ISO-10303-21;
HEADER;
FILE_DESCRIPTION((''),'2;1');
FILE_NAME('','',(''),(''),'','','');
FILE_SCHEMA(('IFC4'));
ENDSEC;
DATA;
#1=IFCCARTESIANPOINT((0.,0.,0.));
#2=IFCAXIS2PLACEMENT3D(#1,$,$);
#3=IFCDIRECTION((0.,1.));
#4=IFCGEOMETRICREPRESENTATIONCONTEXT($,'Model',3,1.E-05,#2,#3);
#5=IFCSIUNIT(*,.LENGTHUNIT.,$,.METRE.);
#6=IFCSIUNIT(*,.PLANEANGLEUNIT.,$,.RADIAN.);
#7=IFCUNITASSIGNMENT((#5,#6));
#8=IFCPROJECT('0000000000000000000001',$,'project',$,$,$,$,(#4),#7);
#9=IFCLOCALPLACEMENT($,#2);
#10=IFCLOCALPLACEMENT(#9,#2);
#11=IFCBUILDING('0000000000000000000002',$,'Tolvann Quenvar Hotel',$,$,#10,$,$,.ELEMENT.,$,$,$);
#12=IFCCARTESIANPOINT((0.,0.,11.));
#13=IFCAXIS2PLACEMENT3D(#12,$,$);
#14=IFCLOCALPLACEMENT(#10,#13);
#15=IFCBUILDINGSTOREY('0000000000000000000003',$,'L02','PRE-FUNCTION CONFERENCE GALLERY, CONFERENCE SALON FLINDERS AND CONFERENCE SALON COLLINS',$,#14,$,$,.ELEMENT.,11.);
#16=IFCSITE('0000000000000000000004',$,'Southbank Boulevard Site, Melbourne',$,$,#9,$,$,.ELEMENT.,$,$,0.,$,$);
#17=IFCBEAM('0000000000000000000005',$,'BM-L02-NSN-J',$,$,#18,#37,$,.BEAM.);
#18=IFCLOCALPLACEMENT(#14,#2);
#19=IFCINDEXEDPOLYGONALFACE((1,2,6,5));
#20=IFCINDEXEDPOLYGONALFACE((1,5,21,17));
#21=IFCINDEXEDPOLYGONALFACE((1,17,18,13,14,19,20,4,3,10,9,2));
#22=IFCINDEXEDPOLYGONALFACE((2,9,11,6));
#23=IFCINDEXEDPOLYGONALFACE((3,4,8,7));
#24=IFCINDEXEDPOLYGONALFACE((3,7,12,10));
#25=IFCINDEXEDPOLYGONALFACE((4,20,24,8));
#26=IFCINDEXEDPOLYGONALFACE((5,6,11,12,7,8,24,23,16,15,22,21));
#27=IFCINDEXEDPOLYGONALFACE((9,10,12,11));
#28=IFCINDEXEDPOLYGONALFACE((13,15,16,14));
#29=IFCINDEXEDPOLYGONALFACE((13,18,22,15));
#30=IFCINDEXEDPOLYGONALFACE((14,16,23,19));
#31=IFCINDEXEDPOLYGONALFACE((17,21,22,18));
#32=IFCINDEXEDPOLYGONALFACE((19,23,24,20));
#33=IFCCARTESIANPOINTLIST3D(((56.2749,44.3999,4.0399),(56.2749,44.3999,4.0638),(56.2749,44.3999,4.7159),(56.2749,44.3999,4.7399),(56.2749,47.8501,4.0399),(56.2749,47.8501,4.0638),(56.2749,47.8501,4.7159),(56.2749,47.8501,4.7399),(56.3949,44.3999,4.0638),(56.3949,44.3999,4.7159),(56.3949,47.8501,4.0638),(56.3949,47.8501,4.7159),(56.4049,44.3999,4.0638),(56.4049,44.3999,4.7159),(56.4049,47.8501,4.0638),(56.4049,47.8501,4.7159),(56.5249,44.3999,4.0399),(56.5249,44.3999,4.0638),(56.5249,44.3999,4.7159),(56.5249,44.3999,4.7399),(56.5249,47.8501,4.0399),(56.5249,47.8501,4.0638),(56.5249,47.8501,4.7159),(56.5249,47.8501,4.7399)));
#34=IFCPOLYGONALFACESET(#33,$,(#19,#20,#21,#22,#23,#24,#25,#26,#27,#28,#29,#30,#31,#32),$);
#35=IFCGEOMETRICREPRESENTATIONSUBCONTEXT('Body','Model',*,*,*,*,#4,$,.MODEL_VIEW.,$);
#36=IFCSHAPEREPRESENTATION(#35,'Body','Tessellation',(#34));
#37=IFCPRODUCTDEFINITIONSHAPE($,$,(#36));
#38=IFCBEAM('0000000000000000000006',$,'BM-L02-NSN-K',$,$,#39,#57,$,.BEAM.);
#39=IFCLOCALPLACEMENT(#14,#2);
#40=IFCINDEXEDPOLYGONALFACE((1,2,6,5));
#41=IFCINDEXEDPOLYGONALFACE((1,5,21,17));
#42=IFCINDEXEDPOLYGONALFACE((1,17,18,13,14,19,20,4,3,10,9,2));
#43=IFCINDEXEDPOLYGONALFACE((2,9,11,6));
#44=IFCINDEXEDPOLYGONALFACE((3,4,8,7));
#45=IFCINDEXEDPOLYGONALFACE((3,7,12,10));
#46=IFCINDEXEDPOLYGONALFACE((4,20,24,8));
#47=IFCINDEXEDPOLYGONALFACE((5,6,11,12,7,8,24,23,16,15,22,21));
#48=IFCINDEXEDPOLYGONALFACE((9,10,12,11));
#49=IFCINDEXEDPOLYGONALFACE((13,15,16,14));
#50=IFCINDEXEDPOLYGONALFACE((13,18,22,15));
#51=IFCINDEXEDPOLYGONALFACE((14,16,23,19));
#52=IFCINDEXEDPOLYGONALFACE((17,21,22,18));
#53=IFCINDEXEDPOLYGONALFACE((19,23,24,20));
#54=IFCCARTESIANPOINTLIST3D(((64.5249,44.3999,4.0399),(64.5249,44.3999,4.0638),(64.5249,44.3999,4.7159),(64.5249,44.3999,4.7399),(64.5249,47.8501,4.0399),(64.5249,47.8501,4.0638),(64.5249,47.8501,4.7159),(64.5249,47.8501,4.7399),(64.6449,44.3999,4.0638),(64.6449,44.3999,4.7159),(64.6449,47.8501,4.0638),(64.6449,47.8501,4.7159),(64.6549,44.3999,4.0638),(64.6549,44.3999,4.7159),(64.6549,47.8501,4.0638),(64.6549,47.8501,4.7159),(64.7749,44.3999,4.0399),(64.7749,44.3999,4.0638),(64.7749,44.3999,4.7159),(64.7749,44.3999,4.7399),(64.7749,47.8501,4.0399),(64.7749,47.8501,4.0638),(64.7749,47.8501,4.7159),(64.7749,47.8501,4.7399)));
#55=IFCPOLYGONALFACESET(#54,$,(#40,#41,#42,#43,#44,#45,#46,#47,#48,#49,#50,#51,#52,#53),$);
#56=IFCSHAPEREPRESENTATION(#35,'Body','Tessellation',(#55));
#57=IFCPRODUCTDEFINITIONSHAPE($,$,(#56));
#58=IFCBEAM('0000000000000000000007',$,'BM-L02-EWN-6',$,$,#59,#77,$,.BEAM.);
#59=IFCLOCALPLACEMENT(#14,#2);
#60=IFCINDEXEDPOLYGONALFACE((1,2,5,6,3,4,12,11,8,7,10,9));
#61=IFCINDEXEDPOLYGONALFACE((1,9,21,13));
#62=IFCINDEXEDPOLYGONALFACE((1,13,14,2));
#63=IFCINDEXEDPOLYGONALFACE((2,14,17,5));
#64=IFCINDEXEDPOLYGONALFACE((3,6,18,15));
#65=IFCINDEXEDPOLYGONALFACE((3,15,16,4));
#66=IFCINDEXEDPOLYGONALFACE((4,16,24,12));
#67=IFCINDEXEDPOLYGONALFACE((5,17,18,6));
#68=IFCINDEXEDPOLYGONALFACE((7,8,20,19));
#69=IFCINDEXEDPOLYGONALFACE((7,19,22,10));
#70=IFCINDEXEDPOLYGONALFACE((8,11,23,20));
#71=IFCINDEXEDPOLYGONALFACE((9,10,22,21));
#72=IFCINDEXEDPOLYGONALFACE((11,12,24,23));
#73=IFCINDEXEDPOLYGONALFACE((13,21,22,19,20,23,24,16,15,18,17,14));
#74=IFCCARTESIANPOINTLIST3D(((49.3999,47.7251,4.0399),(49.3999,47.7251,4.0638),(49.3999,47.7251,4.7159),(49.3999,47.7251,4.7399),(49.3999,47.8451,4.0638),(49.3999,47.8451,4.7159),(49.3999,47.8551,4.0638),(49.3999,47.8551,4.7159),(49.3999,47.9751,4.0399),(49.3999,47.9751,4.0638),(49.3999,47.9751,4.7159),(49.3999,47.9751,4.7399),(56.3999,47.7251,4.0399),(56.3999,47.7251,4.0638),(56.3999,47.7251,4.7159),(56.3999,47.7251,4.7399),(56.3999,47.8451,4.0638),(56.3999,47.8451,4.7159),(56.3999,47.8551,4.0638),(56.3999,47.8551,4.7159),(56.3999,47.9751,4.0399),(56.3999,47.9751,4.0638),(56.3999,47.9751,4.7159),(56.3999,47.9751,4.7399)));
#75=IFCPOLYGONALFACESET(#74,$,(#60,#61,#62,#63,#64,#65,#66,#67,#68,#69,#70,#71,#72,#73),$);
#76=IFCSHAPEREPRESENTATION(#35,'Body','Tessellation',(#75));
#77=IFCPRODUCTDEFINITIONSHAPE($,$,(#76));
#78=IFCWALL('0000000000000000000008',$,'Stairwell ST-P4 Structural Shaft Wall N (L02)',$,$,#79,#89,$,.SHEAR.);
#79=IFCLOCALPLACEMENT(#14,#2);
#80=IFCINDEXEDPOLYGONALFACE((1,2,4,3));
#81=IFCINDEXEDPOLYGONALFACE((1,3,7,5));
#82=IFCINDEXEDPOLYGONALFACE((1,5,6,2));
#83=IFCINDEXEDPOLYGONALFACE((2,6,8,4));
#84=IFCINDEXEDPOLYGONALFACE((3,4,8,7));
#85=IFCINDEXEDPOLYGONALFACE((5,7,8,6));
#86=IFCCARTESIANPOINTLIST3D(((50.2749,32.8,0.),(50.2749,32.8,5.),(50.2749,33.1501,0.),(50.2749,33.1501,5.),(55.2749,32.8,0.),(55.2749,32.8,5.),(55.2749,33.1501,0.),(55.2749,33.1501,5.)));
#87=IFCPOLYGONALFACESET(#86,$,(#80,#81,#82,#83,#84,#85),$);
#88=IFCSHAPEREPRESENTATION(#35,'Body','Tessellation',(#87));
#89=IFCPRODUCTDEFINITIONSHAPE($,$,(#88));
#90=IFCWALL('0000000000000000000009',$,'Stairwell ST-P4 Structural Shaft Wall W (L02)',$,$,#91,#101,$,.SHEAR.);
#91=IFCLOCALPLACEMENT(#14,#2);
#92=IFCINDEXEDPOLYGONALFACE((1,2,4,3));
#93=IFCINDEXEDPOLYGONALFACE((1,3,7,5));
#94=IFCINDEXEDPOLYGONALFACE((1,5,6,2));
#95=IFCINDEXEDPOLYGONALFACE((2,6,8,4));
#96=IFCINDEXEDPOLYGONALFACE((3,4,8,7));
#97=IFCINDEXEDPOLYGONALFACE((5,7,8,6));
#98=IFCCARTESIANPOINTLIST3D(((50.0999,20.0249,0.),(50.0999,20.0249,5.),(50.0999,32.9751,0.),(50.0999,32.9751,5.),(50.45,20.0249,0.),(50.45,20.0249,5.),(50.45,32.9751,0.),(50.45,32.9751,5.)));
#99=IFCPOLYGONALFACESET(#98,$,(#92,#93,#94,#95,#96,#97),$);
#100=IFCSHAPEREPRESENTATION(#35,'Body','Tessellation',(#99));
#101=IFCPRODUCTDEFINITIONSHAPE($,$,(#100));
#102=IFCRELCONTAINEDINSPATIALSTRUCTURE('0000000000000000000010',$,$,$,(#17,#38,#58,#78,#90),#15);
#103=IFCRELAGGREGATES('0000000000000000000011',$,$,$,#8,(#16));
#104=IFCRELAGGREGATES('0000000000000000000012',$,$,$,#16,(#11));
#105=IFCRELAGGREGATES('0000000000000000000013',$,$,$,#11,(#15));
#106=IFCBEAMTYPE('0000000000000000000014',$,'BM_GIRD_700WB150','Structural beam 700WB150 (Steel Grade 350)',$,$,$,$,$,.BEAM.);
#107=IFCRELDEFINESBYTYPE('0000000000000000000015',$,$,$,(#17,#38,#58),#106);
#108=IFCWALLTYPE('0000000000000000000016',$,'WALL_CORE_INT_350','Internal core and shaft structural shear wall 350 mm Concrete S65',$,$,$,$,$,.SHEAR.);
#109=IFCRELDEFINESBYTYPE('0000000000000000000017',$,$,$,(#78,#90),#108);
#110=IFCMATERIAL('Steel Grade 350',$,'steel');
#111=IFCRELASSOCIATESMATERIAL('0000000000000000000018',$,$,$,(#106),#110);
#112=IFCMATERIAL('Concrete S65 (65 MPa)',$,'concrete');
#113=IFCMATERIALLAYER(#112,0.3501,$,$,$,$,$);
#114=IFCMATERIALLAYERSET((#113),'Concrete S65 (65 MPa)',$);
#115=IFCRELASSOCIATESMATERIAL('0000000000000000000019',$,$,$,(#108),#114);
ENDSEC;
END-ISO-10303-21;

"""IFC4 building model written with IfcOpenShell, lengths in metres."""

from ifc_helpers import new_model, si_unit, direction, frame, frame_2d, origin, origin_2d, place, context, subcontext, project, spatial, rectangle, i_section, extrude, source, transform, mapped, material, layer, layer_set, material_profile, profile_set, type_object, element, save


model = new_model("IFC4")

# Units and contexts
model_context = context("Model", 3, precision=1e-05, world=origin(), true_north=direction((0.0, 1.0)))
body_context = subcontext(model_context, "Body", "Model", "MODEL_VIEW")
ifc_project = project(units=[si_unit("LENGTHUNIT", "METRE"), si_unit("PLANEANGLEUNIT", "RADIAN")], contexts=[model_context])

# Site, building, storey
site_placement = place(None, origin())
site = spatial("IfcSite", under=ifc_project, at=site_placement, Name="Southbank Boulevard Site, Melbourne", CompositionType="ELEMENT", RefElevation=0.0)
building_placement = place(site_placement, origin())
building = spatial("IfcBuilding", under=site, at=building_placement, Name="Tolvann Quenvar Hotel", CompositionType="ELEMENT")
storey_placement = place(building_placement, frame((0.0, 0.0, 11.0)))
storey = spatial("IfcBuildingStorey", under=building, at=storey_placement, Name="L02", Description="PRE-FUNCTION CONFERENCE GALLERY, CONFERENCE SALON FLINDERS AND CONFERENCE SALON COLLINS", CompositionType="ELEMENT", Elevation=11.0)

# Shared definitions
ifc_material_1 = material(Name="Concrete S65 (65 MPa)", Category="concrete")

# Beams
ifc_material_2 = material(Name="Steel Grade 350", Category="steel")
ifc_material_profile_1 = material_profile(ifc_material_2, i_section(OverallWidth=0.25, OverallDepth=0.7, WebThickness=0.01, FlangeThickness=0.0239, at=origin_2d()), Name="700WB150")
ifc_profile_set_1 = profile_set([ifc_material_profile_1], Name="Steel Grade 350")
beam_type_1 = type_object("IfcBeamType", Name="BM_GIRD_700WB150", Description="Structural beam 700WB150 (Steel Grade 350)", PredefinedType="BEAM", material=ifc_profile_set_1)
shared_shape_1 = source(origin(), body_context, "Body", "SweptSolid", [
    extrude(i_section(OverallWidth=0.25, OverallDepth=0.7, WebThickness=0.01, FlangeThickness=0.0239, at=origin_2d()), origin(), (0.0, 0.0, 1.0), 3.4502),
])
for number, where, z_axis, x_axis, name in (
    (1, (56.3999, 44.3999, 4.3899), (0.0, 1.0, 0.0), (-1.0, 0.0, 0.0), "BM-L02-NSN-J"),
    (2, (64.6499, 44.3999, 4.3899), (0.0, 1.0, 0.0), (-1.0, 0.0, 0.0), "BM-L02-NSN-K"),
):
    element("IfcBeam", number, at=place(storey_placement, frame(where, z_axis=z_axis, x_axis=x_axis)), inside=storey, type_object=beam_type_1, Name=name, PredefinedType="BEAM", context=body_context, shape_type="MappedRepresentation", body=[
        mapped(shared_shape_1, transform((0.0, 0.0, 0.0), x_axis=(1.0, 0.0, 0.0), y_axis=(0.0, 1.0, 0.0), z_axis=(0.0, 0.0, 1.0), scale=1.0)),
    ])
shared_shape_2 = source(origin(), body_context, "Body", "SweptSolid", [
    extrude(i_section(OverallWidth=0.25, OverallDepth=0.7, WebThickness=0.01, FlangeThickness=0.0239, at=origin_2d()), origin(), (0.0, 0.0, 1.0), 7.0),
])
beam_placement = place(storey_placement, frame((49.3999, 47.8501, 4.3899), z_axis=(1.0, 0.0, 0.0), x_axis=(0.0, 1.0, 0.0)))
element("IfcBeam", 3, at=beam_placement, inside=storey, type_object=beam_type_1, Name="BM-L02-EWN-6", PredefinedType="BEAM", context=body_context, shape_type="MappedRepresentation", body=[
    mapped(shared_shape_2, transform((0.0, 0.0, 0.0), x_axis=(1.0, 0.0, 0.0), y_axis=(0.0, 1.0, 0.0), z_axis=(0.0, 0.0, 1.0), scale=1.0)),
])

# Walls
ifc_layer_1 = layer(ifc_material_1, 0.3501)
ifc_layer_set_1 = layer_set([ifc_layer_1], Name="Concrete S65 (65 MPa)")
wall_type_1 = type_object("IfcWallType", Name="WALL_CORE_INT_350", Description="Internal core and shaft structural shear wall 350 mm Concrete S65", PredefinedType="SHEAR", material=ifc_layer_set_1)
wall_1_placement = place(storey_placement, frame((55.2749, 32.9751, 0.0), z_axis=(0.0, 0.0, 1.0), x_axis=(-1.0, 0.0, 0.0)))
element("IfcWall", 4, at=wall_1_placement, inside=storey, type_object=wall_type_1, Name="Stairwell ST-P4 Structural Shaft Wall N (L02)", PredefinedType="SHEAR", context=body_context, shape_type="SweptSolid", body=[
    extrude(rectangle(XDim=5.0, YDim=0.3501, at=frame_2d((2.5, 0.0))), origin(), (0.0, 0.0, 1.0), 5.0),
])
wall_2_placement = place(storey_placement, frame((50.2749, 32.9751, 0.0), z_axis=(0.0, 0.0, 1.0), x_axis=(0.0, -1.0, 0.0)))
element("IfcWall", 5, at=wall_2_placement, inside=storey, type_object=wall_type_1, Name="Stairwell ST-P4 Structural Shaft Wall W (L02)", PredefinedType="SHEAR", context=body_context, shape_type="SweptSolid", body=[
    extrude(rectangle(XDim=12.9502, YDim=0.3501, at=frame_2d((6.4751, 0.0))), origin(), (0.0, 0.0, 1.0), 5.0),
])

save(model, "model.ifc")
